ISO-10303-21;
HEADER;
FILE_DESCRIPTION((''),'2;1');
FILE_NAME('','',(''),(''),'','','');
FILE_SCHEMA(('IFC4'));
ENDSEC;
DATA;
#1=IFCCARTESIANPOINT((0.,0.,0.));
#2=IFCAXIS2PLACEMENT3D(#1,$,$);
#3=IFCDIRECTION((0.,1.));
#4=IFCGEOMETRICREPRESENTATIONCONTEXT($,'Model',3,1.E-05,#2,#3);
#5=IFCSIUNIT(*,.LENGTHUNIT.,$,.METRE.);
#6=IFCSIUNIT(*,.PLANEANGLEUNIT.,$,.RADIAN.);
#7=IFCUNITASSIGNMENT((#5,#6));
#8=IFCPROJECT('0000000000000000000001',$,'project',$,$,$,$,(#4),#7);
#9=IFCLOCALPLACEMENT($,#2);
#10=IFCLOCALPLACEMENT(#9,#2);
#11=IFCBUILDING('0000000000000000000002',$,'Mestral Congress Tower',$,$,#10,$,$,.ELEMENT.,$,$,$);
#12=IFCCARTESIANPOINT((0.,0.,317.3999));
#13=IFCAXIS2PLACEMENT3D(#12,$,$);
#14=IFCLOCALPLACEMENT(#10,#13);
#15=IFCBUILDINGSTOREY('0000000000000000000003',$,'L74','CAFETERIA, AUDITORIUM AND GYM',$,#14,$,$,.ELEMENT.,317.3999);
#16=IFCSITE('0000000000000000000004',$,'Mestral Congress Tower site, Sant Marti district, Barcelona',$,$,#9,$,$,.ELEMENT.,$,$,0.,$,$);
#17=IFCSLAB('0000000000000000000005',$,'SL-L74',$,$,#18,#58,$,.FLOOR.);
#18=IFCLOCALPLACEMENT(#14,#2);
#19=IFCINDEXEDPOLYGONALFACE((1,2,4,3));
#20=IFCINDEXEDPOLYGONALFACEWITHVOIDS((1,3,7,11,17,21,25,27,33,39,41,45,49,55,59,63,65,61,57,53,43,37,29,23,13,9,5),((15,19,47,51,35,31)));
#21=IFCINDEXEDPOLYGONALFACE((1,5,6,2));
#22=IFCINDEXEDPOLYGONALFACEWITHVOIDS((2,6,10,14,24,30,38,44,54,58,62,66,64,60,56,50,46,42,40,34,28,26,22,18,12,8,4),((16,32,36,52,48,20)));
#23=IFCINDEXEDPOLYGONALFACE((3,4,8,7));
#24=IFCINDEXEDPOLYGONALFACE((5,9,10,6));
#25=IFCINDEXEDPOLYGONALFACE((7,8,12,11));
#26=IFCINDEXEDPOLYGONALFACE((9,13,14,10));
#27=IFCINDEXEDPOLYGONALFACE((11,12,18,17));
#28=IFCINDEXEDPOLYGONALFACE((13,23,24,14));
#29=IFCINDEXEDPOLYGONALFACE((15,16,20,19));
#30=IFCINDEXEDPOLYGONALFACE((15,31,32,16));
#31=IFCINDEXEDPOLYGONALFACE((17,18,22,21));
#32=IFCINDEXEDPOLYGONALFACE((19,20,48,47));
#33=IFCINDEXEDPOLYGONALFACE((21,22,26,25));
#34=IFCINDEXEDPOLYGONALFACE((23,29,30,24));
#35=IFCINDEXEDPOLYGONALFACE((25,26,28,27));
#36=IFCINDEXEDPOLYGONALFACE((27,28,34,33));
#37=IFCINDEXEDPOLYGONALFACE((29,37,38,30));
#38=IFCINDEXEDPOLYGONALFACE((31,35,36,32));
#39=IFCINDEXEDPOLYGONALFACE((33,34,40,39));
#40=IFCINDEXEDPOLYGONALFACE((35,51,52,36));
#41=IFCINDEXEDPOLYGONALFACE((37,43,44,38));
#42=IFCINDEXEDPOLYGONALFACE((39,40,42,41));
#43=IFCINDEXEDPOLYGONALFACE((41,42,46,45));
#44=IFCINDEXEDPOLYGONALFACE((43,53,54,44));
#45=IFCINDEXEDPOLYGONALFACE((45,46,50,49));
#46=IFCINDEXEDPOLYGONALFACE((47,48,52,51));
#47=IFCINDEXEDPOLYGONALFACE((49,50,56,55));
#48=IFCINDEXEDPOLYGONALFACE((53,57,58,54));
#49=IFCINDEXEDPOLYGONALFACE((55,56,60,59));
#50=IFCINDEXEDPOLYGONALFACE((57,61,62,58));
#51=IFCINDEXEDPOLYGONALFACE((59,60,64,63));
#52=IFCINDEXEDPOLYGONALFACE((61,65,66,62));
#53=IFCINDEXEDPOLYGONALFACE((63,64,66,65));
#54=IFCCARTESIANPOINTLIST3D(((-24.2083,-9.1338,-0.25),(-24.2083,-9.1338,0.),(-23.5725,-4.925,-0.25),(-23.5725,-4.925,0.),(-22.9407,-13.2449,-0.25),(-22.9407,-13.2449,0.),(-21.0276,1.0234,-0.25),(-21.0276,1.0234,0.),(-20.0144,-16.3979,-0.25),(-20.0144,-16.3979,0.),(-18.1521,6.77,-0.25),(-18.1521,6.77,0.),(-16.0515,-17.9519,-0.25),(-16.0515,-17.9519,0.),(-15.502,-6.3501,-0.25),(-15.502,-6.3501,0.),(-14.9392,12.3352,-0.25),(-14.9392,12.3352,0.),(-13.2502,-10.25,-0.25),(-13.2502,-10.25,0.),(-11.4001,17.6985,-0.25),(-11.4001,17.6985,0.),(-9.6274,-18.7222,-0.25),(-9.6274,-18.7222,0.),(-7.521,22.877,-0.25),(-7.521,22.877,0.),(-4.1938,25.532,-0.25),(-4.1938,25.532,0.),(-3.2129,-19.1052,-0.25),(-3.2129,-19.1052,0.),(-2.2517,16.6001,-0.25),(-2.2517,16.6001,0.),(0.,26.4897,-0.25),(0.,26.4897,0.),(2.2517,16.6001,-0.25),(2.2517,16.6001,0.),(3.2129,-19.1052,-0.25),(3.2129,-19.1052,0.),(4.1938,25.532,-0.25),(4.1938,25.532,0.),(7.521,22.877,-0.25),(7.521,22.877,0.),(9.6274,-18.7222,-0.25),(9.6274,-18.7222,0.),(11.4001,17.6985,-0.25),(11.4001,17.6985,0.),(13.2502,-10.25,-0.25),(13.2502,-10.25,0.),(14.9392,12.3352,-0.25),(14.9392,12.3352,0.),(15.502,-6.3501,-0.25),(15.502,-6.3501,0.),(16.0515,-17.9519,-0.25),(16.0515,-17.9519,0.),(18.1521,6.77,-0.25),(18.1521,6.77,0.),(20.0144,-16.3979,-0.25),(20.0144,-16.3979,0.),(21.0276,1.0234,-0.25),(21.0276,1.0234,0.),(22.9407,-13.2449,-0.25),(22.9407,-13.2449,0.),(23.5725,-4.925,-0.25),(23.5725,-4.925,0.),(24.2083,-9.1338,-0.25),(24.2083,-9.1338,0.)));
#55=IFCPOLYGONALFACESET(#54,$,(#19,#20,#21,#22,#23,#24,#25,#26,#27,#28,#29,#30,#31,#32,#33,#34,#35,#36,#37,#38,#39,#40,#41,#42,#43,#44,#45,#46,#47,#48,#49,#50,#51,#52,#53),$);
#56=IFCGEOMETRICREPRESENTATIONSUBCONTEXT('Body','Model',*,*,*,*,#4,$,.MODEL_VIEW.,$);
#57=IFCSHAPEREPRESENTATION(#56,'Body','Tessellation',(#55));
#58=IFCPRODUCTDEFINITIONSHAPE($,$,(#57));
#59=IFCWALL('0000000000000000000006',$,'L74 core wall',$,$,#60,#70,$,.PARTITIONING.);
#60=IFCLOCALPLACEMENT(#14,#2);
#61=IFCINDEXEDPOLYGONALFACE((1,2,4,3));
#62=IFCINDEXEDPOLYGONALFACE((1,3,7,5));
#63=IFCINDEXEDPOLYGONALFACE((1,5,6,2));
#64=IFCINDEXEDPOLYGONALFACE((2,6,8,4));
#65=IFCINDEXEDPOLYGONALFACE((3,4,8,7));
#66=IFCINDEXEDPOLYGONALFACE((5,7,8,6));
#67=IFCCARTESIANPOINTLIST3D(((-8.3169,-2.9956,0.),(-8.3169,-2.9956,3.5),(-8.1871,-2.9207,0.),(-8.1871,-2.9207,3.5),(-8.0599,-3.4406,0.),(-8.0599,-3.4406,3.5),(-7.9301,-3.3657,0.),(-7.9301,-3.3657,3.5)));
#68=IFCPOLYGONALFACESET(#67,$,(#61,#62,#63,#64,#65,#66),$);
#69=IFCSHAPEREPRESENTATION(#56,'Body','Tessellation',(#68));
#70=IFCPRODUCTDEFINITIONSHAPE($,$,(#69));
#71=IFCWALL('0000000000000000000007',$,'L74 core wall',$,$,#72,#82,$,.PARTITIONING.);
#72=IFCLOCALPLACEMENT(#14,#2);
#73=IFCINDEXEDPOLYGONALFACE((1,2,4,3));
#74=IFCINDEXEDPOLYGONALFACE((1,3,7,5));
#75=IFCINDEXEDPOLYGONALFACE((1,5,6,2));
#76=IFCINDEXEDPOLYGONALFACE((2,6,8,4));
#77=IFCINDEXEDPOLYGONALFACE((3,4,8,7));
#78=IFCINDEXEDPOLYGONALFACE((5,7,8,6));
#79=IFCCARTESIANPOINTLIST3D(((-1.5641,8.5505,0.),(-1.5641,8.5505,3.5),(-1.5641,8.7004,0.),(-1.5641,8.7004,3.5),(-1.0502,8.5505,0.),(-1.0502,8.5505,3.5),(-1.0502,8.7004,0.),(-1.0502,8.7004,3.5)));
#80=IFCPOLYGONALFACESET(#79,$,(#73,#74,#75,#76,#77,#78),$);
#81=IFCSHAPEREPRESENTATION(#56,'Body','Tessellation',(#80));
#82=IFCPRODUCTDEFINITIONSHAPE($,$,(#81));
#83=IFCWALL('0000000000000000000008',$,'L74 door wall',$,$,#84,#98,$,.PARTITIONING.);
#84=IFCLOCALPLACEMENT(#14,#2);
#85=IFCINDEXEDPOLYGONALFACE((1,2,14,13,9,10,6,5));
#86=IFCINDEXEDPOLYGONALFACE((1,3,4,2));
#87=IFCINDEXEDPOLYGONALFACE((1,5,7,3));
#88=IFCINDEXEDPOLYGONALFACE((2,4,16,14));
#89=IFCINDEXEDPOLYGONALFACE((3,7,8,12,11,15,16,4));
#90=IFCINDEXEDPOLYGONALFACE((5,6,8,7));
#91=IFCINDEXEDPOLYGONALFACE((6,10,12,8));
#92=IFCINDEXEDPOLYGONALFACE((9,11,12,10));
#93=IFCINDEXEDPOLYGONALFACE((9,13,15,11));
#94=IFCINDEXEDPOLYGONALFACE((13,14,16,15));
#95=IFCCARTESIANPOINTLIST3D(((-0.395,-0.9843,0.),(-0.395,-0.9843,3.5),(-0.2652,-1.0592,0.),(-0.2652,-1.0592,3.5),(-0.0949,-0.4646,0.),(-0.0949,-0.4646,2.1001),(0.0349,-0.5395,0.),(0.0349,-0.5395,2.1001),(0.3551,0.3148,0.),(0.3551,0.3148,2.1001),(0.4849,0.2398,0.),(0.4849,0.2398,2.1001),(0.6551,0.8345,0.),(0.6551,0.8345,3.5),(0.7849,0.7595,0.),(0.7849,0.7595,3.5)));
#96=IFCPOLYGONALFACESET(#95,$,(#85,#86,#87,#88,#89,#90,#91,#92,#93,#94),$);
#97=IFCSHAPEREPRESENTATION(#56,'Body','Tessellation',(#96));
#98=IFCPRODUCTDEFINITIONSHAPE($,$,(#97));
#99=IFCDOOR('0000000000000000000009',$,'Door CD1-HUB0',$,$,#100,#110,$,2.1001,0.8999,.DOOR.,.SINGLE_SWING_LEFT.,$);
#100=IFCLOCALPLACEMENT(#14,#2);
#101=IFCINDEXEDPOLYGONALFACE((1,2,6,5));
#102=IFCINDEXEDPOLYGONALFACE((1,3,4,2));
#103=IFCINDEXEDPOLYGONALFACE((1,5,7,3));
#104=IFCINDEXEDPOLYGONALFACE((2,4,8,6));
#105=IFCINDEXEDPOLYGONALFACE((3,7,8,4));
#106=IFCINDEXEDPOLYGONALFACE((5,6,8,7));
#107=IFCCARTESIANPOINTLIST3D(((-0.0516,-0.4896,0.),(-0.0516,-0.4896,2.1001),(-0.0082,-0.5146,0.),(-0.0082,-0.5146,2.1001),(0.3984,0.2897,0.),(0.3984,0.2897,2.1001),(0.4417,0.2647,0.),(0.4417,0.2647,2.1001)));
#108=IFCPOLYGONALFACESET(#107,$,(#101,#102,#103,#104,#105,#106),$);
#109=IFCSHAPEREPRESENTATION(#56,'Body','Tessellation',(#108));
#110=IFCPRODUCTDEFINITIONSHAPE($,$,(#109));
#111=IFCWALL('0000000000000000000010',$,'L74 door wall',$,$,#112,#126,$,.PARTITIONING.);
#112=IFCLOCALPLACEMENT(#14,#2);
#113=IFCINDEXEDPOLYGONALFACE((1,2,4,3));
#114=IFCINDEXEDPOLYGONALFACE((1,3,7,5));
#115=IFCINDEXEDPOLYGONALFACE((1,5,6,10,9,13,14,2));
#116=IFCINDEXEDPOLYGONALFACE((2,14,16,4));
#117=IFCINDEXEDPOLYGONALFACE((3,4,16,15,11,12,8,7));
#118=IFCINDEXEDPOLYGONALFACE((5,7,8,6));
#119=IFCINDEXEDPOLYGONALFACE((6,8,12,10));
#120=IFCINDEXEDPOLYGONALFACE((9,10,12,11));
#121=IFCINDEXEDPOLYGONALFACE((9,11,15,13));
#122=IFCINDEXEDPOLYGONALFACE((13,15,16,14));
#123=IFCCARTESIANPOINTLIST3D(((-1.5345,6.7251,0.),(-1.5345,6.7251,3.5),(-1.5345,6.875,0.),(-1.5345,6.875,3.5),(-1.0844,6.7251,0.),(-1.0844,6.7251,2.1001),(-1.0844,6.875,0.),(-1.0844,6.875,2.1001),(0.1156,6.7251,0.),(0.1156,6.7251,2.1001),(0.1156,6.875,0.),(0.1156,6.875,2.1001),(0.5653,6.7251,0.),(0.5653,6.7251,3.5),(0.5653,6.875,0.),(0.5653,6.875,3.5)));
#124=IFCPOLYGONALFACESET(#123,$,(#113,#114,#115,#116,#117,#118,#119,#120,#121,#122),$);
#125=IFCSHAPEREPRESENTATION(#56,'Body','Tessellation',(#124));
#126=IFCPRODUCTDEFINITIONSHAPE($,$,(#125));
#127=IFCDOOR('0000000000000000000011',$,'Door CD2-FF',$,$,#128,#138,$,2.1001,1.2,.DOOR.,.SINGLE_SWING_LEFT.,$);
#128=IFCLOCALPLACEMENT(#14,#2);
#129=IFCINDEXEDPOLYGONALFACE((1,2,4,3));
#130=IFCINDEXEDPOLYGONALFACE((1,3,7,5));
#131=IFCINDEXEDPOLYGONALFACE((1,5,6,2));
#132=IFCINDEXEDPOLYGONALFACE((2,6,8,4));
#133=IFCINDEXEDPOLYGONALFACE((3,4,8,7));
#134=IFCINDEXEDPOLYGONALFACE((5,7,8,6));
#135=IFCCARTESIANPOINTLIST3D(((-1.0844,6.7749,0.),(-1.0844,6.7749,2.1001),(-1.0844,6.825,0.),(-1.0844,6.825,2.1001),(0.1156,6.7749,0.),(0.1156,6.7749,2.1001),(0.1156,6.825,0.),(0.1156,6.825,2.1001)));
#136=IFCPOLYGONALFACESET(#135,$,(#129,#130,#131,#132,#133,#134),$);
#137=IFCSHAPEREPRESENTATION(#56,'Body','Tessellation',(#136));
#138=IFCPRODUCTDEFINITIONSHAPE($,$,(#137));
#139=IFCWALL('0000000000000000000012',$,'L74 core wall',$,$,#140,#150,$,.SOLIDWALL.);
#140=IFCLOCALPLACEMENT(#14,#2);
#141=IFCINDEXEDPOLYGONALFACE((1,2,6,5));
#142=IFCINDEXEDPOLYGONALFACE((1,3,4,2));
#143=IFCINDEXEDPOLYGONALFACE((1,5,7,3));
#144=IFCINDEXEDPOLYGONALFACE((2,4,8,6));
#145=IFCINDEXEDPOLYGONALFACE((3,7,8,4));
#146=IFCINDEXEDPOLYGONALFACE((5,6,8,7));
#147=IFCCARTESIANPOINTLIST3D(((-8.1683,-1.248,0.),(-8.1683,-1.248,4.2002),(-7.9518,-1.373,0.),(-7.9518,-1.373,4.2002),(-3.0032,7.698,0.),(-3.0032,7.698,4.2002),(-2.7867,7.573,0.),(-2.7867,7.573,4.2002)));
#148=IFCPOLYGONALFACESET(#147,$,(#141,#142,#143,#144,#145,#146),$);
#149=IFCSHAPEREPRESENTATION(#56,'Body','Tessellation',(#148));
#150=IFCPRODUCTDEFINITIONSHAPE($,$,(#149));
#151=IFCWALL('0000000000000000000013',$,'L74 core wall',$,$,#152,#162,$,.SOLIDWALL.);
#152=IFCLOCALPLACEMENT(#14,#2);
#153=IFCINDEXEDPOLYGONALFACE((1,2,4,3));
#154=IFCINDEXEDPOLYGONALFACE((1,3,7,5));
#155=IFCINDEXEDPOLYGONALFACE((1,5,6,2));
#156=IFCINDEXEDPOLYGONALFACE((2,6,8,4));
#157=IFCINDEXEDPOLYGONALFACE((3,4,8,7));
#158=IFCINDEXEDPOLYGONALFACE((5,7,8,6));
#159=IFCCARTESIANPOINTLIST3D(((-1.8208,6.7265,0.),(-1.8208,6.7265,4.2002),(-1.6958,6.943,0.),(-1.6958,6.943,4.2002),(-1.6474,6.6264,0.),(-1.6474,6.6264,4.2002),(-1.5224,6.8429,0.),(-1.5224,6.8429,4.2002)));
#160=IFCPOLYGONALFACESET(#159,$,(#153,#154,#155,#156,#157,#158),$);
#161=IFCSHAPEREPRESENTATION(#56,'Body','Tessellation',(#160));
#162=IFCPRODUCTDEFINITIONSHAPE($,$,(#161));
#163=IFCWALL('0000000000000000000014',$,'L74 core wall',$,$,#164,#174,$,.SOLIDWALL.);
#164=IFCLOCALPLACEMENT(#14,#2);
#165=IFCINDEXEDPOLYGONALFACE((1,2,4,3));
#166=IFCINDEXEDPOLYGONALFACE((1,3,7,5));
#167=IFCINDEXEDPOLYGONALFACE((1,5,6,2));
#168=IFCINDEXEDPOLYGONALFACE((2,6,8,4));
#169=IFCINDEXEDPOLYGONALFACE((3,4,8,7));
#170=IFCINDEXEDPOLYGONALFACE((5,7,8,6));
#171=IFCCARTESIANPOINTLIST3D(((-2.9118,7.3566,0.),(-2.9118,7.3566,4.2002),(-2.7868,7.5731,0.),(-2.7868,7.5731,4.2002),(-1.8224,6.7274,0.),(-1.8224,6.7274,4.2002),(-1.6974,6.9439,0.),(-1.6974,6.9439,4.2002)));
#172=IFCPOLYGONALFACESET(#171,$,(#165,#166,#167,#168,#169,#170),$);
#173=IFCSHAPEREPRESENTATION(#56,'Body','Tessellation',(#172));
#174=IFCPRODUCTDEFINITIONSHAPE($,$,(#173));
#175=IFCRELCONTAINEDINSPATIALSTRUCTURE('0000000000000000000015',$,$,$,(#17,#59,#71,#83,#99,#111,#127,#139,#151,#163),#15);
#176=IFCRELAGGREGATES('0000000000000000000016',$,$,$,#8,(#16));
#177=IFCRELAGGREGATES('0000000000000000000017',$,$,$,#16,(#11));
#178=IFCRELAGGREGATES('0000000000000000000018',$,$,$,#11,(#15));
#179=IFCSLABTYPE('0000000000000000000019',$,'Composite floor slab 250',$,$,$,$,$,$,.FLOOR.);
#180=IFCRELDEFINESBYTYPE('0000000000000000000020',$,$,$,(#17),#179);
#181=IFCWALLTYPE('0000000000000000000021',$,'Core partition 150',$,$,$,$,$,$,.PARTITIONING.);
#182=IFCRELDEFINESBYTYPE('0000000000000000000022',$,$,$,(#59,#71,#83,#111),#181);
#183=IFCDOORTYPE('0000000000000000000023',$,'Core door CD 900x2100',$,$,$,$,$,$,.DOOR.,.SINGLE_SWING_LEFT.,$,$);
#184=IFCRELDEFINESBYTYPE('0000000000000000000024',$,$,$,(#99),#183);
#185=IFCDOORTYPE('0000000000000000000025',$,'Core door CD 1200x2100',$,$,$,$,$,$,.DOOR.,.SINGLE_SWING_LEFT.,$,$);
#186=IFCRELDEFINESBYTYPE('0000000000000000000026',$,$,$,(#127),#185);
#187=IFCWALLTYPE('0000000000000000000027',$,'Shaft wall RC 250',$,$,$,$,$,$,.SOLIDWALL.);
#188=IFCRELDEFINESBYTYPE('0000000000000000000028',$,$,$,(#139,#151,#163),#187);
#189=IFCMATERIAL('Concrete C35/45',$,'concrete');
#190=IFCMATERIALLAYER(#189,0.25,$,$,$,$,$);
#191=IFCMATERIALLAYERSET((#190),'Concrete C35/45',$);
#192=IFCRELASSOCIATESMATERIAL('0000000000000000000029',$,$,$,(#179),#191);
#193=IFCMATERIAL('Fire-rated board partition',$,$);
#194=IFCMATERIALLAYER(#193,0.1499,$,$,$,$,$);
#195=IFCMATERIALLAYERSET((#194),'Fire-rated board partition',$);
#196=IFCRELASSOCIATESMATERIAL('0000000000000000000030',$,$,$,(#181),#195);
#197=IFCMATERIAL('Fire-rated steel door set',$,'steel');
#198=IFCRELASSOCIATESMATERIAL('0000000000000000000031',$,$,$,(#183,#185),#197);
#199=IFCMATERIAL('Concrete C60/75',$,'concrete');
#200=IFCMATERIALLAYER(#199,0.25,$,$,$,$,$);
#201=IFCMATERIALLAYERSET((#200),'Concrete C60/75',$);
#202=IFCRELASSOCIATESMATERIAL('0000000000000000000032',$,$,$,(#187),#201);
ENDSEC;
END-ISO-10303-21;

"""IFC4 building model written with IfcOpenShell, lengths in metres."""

from ifc_helpers import new_model, si_unit, direction, frame, frame_2d, origin, place, context, subcontext, project, spatial, polyline, rectangle, outline, extrude, material, layer, layer_set, type_object, element, fill, save


model = new_model("IFC4")

# Units and contexts
model_context = context("Model", 3, precision=1e-05, world=origin(), true_north=direction((0.0, 1.0)))
body_context = subcontext(model_context, "Body", "Model", "MODEL_VIEW")
ifc_project = project(units=[si_unit("LENGTHUNIT", "METRE"), si_unit("PLANEANGLEUNIT", "RADIAN")], contexts=[model_context])

# Site, building, storey
site_placement = place(None, origin())
site = spatial("IfcSite", under=ifc_project, at=site_placement, Name="Mestral Congress Tower site, Sant Marti district, Barcelona", CompositionType="ELEMENT", RefElevation=0.0)
building_placement = place(site_placement, origin())
building = spatial("IfcBuilding", under=site, at=building_placement, Name="Mestral Congress Tower", CompositionType="ELEMENT")
storey_placement = place(building_placement, frame((0.0, 0.0, 317.3999)))
storey = spatial("IfcBuildingStorey", under=building, at=storey_placement, Name="L74", Description="CAFETERIA, AUDITORIUM AND GYM", CompositionType="ELEMENT", Elevation=317.3999)

# Slab
ifc_material_1 = material(Name="Concrete C35/45", Category="concrete")
ifc_layer_1 = layer(ifc_material_1, 0.25)
ifc_layer_set_1 = layer_set([ifc_layer_1], Name="Concrete C35/45")
slab_type = type_object("IfcSlabType", Name="Composite floor slab 250", PredefinedType="FLOOR", material=ifc_layer_set_1)
slab_placement = place(storey_placement, frame((0.0, 0.0, -0.25)))
element("IfcSlab", 1, at=slab_placement, inside=storey, type_object=slab_type, Name="SL-L74", PredefinedType="FLOOR", context=body_context, shape_type="SweptSolid", body=[
    extrude(outline(polyline([(-16.0515, -17.9519), (-20.0144, -16.3979), (-22.9407, -13.2449), (-24.2083, -9.1338), (-23.5725, -4.925), (-21.0276, 1.0234), (-18.1521, 6.77), (-14.9392, 12.3352), (-11.4001, 17.6985), (-7.521, 22.877), (-4.1938, 25.532), (0.0, 26.4897), (4.1938, 25.532), (7.521, 22.877), (11.4001, 17.6985), (14.9392, 12.3352), (18.1521, 6.77), (21.0276, 1.0234), (23.5725, -4.925), (24.2083, -9.1338), (22.9407, -13.2449), (20.0144, -16.3979), (16.0515, -17.9519), (9.6274, -18.7222), (3.2129, -19.1052), (-3.2129, -19.1052), (-9.6274, -18.7222), (-16.0515, -17.9519)]), holes=[polyline([(-2.2517, 16.6001), (-15.502, -6.3501), (-13.2502, -10.25), (13.2502, -10.25), (15.502, -6.3501), (2.2517, 16.6001), (-2.2517, 16.6001)])]), origin(), (0.0, 0.0, 1.0), 0.25),
])

# Walls
ifc_material_2 = material(Name="Fire-rated board partition")
ifc_layer_2 = layer(ifc_material_2, 0.1499)
ifc_layer_set_2 = layer_set([ifc_layer_2], Name="Fire-rated board partition")
wall_type_1 = type_object("IfcWallType", Name="Core partition 150", PredefinedType="PARTITIONING", material=ifc_layer_set_2)
for number, where, z_axis, x_axis, name in (
    (2, (-8.252, -2.9583, 0.0), (0.0, 0.0, 1.0), (0.500175, -0.865925, 0.0), "L74 core wall"),
    (3, (-1.564, 8.6255, 0.0), (0.0, 0.0, 1.0), (1.0, 0.0, 0.0), "L74 core wall"),
):
    element("IfcWall", number, at=place(storey_placement, frame(where, z_axis=z_axis, x_axis=x_axis)), inside=storey, type_object=wall_type_1, Name=name, PredefinedType="PARTITIONING", context=body_context, shape_type="SweptSolid", body=[
        extrude(rectangle(XDim=0.5139, YDim=0.1499, at=frame_2d((0.2568, 0.0))), origin(), (0.0, 0.0, 1.0), 3.5),
    ])

# Walls, openings, doors
wall_1_placement = place(storey_placement, frame((-0.3301, -1.0217, 0.0), z_axis=(0.0, 0.0, 1.0), x_axis=(0.500028, 0.866009, 0.0)))
wall_1 = element("IfcWall", 4, at=wall_1_placement, inside=storey, type_object=wall_type_1, Name="L74 door wall", PredefinedType="PARTITIONING", context=body_context, shape_type="SweptSolid", body=[
    extrude(rectangle(XDim=2.1001, YDim=0.1499, at=frame_2d((1.05, 0.0))), origin(), (0.0, 0.0, 1.0), 3.5),
])
opening_1_placement = place(wall_1_placement, frame((0.6001, 0.0, 0.0)))
opening_1 = element("IfcOpeningElement", 5, at=opening_1_placement, cuts=wall_1, PredefinedType="OPENING", context=body_context, shape_type="SweptSolid", body=[
    extrude(rectangle(XDim=0.8999, YDim=2.1001, at=frame_2d((0.45, 1.05))), frame((0.0, 0.085, 0.0), z_axis=(0.0, -1.0, 0.0), x_axis=(1.0, 0.0, 0.0)), (0.0, 0.0, 1.0), 0.1699),
])
ifc_material_3 = material(Name="Fire-rated steel door set", Category="steel")
door_type_1 = type_object("IfcDoorType", Name="Core door CD 900x2100", OperationType="SINGLE_SWING_LEFT", PredefinedType="DOOR", material=ifc_material_3)
door_1_placement = place(opening_1_placement, origin())
door_1 = element("IfcDoor", 6, at=door_1_placement, inside=storey, type_object=door_type_1, Name="Door CD1-HUB0", OperationType="SINGLE_SWING_LEFT", OverallHeight=2.1001, OverallWidth=0.8999, PredefinedType="DOOR", context=body_context, shape_type="SweptSolid", body=[
    extrude(rectangle(XDim=0.8999, YDim=2.1001, at=frame_2d((0.45, 1.05))), frame((0.0, 0.0249, 0.0), z_axis=(0.0, -1.0, 0.0), x_axis=(1.0, 0.0, 0.0)), (0.0, 0.0, 1.0), 0.05),
])
fill(opening_1, door_1)
wall_2_placement = place(storey_placement, frame((-1.5344, 6.8, 0.0), z_axis=(0.0, 0.0, 1.0), x_axis=(1.0, 0.0, 0.0)))
wall_2 = element("IfcWall", 7, at=wall_2_placement, inside=storey, type_object=wall_type_1, Name="L74 door wall", PredefinedType="PARTITIONING", context=body_context, shape_type="SweptSolid", body=[
    extrude(rectangle(XDim=2.0999, YDim=0.1499, at=frame_2d((1.0498, 0.0))), origin(), (0.0, 0.0, 1.0), 3.5),
])
opening_2_placement = place(wall_2_placement, frame((0.45, 0.0, 0.0)))
opening_2 = element("IfcOpeningElement", 8, at=opening_2_placement, cuts=wall_2, PredefinedType="OPENING", context=body_context, shape_type="SweptSolid", body=[
    extrude(rectangle(XDim=1.2, YDim=2.1001, at=frame_2d((0.6001, 1.05))), frame((0.0, 0.085, 0.0), z_axis=(0.0, -1.0, 0.0), x_axis=(1.0, 0.0, 0.0)), (0.0, 0.0, 1.0), 0.1699),
])
door_type_2 = type_object("IfcDoorType", Name="Core door CD 1200x2100", OperationType="SINGLE_SWING_LEFT", PredefinedType="DOOR", material=ifc_material_3)
door_2_placement = place(opening_2_placement, origin())
door_2 = element("IfcDoor", 9, at=door_2_placement, inside=storey, type_object=door_type_2, Name="Door CD2-FF", OperationType="SINGLE_SWING_LEFT", OverallHeight=2.1001, OverallWidth=1.2, PredefinedType="DOOR", context=body_context, shape_type="SweptSolid", body=[
    extrude(rectangle(XDim=1.2, YDim=2.1001, at=frame_2d((0.6001, 1.05))), frame((0.0, 0.0249, 0.0), z_axis=(0.0, -1.0, 0.0), x_axis=(1.0, 0.0, 0.0)), (0.0, 0.0, 1.0), 0.05),
])
fill(opening_2, door_2)

# Walls
ifc_material_4 = material(Name="Concrete C60/75", Category="concrete")
ifc_layer_3 = layer(ifc_material_4, 0.25)
ifc_layer_set_3 = layer_set([ifc_layer_3], Name="Concrete C60/75")
wall_type_2 = type_object("IfcWallType", Name="Shaft wall RC 250", PredefinedType="SOLIDWALL", material=ifc_layer_set_3)
wall_3_placement = place(storey_placement, frame((-8.0601, -1.3105, 0.0), z_axis=(0.0, 0.0, 1.0), x_axis=(0.500003, 0.866024, 0.0)))
element("IfcWall", 10, at=wall_3_placement, inside=storey, type_object=wall_type_2, Name="L74 core wall", PredefinedType="SOLIDWALL", context=body_context, shape_type="SweptSolid", body=[
    extrude(rectangle(XDim=10.3301, YDim=0.25, at=frame_2d((5.165, 0.0))), origin(), (0.0, 0.0, 1.0), 4.2002),
])
wall_4_placement = place(storey_placement, frame((-1.7583, 6.8347, 0.0), z_axis=(0.0, 0.0, 1.0), x_axis=(0.865982, -0.500074, 0.0)))
element("IfcWall", 11, at=wall_4_placement, inside=storey, type_object=wall_type_2, Name="L74 core wall", PredefinedType="SOLIDWALL", context=body_context, shape_type="SweptSolid", body=[
    extrude(rectangle(XDim=0.2002, YDim=0.25, at=frame_2d((0.1001, 0.0))), origin(), (0.0, 0.0, 1.0), 4.2002),
])
wall_5_placement = place(storey_placement, frame((-1.76, 6.8357, 0.0), z_axis=(0.0, 0.0, 1.0), x_axis=(-0.865953, 0.500126, 0.0)))
element("IfcWall", 12, at=wall_5_placement, inside=storey, type_object=wall_type_2, Name="L74 core wall", PredefinedType="SOLIDWALL", context=body_context, shape_type="SweptSolid", body=[
    extrude(rectangle(XDim=1.2581, YDim=0.25, at=frame_2d((0.6289, 0.0))), origin(), (0.0, 0.0, 1.0), 4.2002),
])

save(model, "model.ifc")
